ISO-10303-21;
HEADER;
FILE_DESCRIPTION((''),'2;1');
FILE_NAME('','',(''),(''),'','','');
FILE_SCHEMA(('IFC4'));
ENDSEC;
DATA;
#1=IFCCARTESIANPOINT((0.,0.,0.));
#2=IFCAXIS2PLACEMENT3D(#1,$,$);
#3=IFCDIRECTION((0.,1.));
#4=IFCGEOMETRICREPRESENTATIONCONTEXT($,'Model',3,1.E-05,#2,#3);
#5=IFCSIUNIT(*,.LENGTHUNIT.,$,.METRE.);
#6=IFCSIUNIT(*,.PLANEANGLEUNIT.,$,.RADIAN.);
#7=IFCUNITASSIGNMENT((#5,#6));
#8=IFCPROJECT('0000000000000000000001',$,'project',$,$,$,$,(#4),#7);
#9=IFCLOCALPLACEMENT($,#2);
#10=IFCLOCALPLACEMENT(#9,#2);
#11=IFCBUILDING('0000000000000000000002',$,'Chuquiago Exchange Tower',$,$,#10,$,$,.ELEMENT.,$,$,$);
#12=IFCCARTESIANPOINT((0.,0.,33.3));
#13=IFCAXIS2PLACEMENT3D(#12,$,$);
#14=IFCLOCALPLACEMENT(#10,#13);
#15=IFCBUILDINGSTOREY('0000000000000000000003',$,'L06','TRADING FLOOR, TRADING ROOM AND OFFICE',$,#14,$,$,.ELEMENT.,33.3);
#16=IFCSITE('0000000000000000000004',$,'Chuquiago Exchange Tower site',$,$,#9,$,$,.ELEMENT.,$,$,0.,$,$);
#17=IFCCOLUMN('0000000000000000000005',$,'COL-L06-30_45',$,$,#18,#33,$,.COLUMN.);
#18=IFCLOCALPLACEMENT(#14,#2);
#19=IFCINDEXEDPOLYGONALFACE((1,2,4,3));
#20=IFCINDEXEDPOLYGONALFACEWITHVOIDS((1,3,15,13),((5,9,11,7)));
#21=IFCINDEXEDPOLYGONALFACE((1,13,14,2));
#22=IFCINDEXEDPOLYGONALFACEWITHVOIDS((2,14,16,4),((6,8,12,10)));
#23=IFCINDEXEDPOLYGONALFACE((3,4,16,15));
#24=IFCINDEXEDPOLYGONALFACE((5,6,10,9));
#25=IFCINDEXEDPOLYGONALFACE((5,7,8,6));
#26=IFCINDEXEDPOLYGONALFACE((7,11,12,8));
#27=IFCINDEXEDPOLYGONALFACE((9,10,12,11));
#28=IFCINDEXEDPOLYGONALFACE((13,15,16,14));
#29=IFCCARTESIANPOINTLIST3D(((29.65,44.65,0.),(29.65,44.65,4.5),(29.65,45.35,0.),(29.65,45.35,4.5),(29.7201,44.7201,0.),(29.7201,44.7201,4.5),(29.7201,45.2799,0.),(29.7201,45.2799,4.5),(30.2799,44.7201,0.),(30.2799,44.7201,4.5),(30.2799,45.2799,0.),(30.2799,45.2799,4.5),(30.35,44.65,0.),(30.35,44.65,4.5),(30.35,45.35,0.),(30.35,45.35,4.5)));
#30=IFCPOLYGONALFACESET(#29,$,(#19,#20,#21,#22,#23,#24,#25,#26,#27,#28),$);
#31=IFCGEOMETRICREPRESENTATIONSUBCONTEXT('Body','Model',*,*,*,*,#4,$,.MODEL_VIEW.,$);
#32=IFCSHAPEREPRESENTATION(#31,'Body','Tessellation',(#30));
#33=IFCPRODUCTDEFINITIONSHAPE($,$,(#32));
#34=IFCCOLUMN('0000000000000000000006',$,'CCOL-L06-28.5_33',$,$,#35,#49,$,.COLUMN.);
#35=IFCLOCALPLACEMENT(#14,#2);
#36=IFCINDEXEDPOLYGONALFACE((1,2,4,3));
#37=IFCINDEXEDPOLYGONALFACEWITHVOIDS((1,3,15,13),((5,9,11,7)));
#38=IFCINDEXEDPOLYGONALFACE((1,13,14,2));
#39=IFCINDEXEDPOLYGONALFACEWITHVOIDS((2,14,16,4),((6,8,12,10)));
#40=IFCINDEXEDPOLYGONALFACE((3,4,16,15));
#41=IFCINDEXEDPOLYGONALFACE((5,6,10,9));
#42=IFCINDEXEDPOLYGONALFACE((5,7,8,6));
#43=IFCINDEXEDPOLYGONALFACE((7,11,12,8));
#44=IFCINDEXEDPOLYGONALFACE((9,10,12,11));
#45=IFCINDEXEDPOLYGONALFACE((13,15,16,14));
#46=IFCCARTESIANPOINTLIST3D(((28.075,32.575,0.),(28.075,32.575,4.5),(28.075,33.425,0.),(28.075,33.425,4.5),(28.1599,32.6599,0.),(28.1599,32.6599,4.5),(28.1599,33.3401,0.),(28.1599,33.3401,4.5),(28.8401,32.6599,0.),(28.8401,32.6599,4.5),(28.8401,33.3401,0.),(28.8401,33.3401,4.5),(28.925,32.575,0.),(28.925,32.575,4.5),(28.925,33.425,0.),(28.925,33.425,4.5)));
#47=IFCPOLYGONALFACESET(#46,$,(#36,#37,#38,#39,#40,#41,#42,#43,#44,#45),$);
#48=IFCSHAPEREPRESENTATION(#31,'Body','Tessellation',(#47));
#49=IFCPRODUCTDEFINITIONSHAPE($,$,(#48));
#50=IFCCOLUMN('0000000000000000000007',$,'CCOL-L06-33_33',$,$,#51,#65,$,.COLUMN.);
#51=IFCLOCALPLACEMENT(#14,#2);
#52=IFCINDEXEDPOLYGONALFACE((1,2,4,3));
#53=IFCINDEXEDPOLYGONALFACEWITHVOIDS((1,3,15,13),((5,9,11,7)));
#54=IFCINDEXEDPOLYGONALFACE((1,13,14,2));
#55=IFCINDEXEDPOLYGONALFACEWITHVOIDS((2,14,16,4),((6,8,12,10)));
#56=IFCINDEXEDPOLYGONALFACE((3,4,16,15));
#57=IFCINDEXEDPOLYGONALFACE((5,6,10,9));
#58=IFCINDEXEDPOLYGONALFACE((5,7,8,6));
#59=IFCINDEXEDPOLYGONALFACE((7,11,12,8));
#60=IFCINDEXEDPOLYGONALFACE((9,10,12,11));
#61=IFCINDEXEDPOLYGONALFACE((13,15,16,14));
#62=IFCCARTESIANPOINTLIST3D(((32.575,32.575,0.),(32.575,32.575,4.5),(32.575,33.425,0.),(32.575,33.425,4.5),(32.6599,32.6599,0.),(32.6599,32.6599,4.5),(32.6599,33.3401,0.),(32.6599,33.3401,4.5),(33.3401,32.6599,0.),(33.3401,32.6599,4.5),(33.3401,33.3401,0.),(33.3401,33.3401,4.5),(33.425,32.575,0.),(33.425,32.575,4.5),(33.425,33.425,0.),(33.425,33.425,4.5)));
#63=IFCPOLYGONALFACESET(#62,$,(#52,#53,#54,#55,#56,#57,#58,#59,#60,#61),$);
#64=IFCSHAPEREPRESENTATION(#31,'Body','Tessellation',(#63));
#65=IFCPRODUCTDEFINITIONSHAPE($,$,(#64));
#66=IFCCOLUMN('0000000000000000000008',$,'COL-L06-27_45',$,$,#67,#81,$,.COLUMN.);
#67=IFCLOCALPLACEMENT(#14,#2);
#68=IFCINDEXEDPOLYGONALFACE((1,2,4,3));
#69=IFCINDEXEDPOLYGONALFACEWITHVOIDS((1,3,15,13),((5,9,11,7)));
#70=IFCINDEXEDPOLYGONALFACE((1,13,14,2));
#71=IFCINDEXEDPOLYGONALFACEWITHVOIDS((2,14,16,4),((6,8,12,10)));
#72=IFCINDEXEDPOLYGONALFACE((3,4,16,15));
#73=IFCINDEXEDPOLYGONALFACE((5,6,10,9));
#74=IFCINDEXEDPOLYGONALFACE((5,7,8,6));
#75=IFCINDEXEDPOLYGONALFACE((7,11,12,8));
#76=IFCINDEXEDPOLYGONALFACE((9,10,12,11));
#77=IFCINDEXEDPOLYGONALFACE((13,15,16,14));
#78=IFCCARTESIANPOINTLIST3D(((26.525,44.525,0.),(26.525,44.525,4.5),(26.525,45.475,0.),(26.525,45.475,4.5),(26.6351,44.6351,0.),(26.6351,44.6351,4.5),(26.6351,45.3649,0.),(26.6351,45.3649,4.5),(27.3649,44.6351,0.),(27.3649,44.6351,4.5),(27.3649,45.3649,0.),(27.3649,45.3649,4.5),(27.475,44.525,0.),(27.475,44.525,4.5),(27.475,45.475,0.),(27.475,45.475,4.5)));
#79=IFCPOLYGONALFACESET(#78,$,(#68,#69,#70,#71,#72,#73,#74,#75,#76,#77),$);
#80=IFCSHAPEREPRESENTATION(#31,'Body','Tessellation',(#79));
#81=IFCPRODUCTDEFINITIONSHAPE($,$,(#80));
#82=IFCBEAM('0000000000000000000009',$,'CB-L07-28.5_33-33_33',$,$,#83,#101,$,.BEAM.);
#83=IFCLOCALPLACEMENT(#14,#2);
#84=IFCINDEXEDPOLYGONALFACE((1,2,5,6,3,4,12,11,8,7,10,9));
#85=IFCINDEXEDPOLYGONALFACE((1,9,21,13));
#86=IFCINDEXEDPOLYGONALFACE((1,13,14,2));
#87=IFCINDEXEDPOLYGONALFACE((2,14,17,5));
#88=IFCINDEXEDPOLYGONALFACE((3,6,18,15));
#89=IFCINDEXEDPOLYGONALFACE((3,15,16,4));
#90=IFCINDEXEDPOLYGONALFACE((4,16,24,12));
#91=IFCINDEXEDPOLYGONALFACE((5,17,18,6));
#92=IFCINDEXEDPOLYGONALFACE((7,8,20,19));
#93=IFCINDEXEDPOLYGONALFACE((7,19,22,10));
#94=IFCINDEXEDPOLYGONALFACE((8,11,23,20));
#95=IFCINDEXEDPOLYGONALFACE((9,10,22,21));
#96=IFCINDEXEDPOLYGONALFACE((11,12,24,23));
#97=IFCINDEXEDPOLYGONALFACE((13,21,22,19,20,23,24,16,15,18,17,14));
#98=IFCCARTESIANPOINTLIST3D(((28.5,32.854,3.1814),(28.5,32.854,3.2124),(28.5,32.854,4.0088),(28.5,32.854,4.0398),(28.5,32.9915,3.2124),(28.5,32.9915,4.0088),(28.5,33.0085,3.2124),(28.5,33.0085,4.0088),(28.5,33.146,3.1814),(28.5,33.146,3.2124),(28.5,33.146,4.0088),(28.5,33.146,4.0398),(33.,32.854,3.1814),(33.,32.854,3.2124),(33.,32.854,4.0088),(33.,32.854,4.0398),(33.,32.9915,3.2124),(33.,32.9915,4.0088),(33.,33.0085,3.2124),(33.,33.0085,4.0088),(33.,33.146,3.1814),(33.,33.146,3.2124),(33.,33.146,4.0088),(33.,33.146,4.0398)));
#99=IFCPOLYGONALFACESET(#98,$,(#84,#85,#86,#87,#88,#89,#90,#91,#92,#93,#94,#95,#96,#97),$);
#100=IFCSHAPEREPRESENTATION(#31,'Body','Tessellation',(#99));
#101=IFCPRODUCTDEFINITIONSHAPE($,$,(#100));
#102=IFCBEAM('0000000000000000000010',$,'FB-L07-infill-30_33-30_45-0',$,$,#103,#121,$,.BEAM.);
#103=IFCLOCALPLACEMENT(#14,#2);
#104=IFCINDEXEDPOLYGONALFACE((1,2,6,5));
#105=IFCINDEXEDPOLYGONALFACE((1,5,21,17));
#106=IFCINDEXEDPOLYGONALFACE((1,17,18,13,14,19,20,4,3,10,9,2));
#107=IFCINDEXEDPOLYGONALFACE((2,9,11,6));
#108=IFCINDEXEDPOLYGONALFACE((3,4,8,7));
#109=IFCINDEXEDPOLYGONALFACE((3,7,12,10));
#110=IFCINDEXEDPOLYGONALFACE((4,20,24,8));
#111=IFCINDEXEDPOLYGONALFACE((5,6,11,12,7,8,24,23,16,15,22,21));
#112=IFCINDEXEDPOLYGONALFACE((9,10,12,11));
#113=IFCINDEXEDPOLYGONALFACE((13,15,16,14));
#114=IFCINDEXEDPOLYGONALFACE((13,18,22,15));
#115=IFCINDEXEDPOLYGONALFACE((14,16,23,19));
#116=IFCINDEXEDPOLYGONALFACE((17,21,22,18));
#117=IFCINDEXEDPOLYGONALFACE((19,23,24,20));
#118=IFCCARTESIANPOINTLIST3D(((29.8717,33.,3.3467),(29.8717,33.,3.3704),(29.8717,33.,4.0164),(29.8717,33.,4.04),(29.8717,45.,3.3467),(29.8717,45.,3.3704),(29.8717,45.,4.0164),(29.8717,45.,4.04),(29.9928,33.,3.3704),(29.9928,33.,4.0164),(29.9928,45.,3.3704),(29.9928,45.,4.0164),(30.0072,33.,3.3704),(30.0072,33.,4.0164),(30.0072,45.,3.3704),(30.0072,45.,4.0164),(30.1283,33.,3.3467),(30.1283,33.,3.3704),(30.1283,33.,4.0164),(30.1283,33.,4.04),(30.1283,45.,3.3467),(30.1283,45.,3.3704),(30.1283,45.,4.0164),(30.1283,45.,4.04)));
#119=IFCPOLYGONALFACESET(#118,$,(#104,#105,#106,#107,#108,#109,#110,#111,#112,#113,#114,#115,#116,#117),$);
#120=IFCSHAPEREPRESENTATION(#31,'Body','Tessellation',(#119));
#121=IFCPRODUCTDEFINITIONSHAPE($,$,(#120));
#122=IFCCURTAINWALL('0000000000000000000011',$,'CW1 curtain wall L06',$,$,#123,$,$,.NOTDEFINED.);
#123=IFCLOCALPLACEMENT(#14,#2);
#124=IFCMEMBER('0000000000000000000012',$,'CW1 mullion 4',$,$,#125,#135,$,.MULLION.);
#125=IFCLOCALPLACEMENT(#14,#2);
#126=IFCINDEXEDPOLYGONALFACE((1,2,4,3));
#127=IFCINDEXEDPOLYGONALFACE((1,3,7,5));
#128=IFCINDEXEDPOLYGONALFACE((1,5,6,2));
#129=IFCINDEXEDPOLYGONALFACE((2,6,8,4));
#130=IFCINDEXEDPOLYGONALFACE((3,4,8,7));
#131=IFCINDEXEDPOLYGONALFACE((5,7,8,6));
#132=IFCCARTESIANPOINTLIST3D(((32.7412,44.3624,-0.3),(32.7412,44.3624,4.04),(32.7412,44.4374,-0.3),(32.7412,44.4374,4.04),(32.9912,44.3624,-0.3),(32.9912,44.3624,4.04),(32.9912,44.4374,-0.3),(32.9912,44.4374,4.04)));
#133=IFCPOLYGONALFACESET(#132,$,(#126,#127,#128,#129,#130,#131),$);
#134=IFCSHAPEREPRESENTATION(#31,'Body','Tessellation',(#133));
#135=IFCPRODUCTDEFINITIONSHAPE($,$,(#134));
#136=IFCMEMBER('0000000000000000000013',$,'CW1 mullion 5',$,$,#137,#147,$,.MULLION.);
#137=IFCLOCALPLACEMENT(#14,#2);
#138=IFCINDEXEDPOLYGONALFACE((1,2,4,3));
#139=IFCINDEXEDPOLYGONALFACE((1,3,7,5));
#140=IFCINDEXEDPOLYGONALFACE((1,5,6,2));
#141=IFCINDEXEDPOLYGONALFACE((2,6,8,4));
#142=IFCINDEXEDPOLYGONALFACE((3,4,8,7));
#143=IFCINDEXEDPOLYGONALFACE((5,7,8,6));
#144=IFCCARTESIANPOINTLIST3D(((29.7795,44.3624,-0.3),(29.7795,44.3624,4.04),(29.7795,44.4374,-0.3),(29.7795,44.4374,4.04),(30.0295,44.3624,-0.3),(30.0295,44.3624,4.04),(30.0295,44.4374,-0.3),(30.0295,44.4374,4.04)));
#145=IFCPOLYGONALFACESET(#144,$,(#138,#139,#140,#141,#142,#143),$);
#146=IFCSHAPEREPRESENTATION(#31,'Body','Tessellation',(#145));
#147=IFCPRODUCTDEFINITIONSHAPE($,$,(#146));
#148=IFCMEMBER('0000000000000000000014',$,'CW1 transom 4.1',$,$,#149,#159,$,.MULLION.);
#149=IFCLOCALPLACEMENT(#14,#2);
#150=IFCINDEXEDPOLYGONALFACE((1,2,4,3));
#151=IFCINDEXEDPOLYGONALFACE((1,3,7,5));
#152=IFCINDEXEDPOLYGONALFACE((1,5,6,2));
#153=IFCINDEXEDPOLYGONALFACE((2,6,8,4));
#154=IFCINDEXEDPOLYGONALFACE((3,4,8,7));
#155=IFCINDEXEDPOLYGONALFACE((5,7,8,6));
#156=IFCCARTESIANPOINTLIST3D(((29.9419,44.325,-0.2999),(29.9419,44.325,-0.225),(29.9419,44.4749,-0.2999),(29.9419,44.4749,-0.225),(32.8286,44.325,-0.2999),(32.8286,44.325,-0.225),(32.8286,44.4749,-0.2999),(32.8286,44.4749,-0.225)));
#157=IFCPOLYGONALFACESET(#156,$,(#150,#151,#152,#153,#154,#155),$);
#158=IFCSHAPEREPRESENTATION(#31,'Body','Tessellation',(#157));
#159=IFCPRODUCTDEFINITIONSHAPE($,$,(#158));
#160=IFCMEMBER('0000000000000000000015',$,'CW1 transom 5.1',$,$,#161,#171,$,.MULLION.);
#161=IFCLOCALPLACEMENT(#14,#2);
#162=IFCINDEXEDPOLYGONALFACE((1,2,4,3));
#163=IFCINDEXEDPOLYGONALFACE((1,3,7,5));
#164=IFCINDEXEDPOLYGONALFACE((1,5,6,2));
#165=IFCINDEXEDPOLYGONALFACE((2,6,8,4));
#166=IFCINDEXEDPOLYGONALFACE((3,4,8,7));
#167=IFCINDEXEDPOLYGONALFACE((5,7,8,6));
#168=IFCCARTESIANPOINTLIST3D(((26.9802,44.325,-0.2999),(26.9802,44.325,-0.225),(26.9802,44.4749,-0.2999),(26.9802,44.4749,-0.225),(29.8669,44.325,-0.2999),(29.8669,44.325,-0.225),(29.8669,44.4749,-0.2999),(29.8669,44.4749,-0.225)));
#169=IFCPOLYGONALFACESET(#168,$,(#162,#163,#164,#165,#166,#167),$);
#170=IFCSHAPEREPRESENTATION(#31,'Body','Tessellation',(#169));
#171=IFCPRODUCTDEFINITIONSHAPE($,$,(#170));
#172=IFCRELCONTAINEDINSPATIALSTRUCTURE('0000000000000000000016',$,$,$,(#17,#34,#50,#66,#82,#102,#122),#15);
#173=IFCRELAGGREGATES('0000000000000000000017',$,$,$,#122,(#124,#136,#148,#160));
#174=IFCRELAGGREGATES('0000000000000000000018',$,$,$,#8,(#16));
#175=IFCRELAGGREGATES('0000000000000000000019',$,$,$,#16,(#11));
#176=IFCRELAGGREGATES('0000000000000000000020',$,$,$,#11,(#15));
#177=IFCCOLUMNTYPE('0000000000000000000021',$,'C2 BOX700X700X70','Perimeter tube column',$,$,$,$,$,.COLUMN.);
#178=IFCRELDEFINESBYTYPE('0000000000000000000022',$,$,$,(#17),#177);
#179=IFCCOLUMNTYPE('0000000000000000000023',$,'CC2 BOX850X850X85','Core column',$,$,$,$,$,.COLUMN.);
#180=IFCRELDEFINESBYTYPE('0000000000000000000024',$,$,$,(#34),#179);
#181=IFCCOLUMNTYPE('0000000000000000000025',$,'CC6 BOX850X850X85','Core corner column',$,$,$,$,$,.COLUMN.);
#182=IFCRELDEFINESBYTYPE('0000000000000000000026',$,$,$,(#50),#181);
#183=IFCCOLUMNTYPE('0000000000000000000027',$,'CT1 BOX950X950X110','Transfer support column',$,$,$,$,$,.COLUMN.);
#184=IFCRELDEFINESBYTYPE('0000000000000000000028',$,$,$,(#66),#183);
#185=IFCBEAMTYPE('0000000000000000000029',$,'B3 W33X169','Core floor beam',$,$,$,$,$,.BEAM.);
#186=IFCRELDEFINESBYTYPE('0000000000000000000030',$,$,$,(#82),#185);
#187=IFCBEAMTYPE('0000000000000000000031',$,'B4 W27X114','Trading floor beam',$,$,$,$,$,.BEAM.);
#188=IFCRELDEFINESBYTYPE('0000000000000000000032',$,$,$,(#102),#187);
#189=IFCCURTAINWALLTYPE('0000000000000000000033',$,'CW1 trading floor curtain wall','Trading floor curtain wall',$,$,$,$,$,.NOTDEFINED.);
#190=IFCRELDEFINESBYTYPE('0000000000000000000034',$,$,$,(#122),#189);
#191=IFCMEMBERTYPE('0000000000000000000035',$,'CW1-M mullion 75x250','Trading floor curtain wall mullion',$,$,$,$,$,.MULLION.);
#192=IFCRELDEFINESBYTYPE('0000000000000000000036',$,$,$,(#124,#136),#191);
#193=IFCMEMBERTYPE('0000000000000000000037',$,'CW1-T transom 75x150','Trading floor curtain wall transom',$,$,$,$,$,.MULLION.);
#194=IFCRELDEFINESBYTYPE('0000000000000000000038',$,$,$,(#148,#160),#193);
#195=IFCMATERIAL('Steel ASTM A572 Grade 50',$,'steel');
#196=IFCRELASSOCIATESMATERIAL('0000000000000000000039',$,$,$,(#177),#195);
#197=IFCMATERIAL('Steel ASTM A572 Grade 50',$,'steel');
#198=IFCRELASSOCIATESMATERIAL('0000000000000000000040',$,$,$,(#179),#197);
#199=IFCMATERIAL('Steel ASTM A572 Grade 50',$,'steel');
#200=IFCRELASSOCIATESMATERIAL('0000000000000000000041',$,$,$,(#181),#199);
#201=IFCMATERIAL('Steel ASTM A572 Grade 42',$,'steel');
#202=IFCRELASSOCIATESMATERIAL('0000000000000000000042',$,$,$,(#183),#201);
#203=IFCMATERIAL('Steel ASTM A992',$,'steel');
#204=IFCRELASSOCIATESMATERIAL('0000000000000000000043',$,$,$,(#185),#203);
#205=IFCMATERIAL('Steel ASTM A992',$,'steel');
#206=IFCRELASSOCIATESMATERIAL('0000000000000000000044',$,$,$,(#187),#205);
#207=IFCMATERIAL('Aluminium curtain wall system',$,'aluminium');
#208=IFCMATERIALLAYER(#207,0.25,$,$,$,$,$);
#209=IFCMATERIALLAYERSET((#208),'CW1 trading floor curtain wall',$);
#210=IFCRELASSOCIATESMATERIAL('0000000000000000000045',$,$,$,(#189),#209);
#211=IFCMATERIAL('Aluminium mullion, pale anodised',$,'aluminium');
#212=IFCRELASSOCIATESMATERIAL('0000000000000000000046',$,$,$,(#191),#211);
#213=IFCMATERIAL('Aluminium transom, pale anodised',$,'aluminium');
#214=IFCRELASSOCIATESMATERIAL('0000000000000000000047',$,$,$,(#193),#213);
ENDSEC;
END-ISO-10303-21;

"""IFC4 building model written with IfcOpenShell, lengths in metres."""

from ifc_helpers import new_model, si_unit, direction, frame, origin, origin_2d, place, context, subcontext, project, spatial, rectangle, hollow_rectangle, i_section, extrude, material, layer, layer_set, material_profile, profile_set, type_object, element, aggregate, save


model = new_model("IFC4")

# Units and contexts
model_context = context("Model", 3, precision=1e-05, world=origin(), true_north=direction((0.0, 1.0)))
body_context = subcontext(model_context, "Body", "Model", "MODEL_VIEW")
ifc_project = project(units=[si_unit("LENGTHUNIT", "METRE"), si_unit("PLANEANGLEUNIT", "RADIAN")], contexts=[model_context])

# Site, building, storey
site_placement = place(None, origin())
site = spatial("IfcSite", under=ifc_project, at=site_placement, Name="Chuquiago Exchange Tower site", CompositionType="ELEMENT", RefElevation=0.0)
building_placement = place(site_placement, origin())
building = spatial("IfcBuilding", under=site, at=building_placement, Name="Chuquiago Exchange Tower", CompositionType="ELEMENT")
storey_placement = place(building_placement, frame((0.0, 0.0, 33.3)))
storey = spatial("IfcBuildingStorey", under=building, at=storey_placement, Name="L06", Description="TRADING FLOOR, TRADING ROOM AND OFFICE", CompositionType="ELEMENT", Elevation=33.3)

# Columns
ifc_material_1 = material(Name="Steel ASTM A572 Grade 50", Category="steel")
ifc_material_profile_1 = material_profile(ifc_material_1, hollow_rectangle(XDim=0.7, YDim=0.7, WallThickness=0.0701, at=origin_2d()), Name="BOX700X700X70")
ifc_profile_set_1 = profile_set([ifc_material_profile_1], Name="Steel ASTM A572 Grade 50")
column_type_1 = type_object("IfcColumnType", Name="C2 BOX700X700X70", Description="Perimeter tube column", PredefinedType="COLUMN", material=ifc_profile_set_1)
column_1_placement = place(storey_placement, frame((30.0, 45.0, 0.0), z_axis=(0.0, 0.0, 1.0), x_axis=(0.0, 1.0, 0.0)))
element("IfcColumn", 1, at=column_1_placement, inside=storey, type_object=column_type_1, Name="COL-L06-30_45", PredefinedType="COLUMN", context=body_context, shape_type="SweptSolid", body=[
    extrude(hollow_rectangle(XDim=0.7, YDim=0.7, WallThickness=0.0701, at=origin_2d()), origin(), (0.0, 0.0, 1.0), 4.5),
])
ifc_material_2 = material(Name="Steel ASTM A572 Grade 50", Category="steel")
ifc_material_profile_2 = material_profile(ifc_material_2, hollow_rectangle(XDim=0.8501, YDim=0.8501, WallThickness=0.085, at=origin_2d()), Name="BOX850X850X85")
ifc_profile_set_2 = profile_set([ifc_material_profile_2], Name="Steel ASTM A572 Grade 50")
column_type_2 = type_object("IfcColumnType", Name="CC2 BOX850X850X85", Description="Core column", PredefinedType="COLUMN", material=ifc_profile_set_2)
column_2_placement = place(storey_placement, frame((28.5, 33.0, 0.0), z_axis=(0.0, 0.0, 1.0), x_axis=(1.0, 0.0, 0.0)))
element("IfcColumn", 2, at=column_2_placement, inside=storey, type_object=column_type_2, Name="CCOL-L06-28.5_33", PredefinedType="COLUMN", context=body_context, shape_type="SweptSolid", body=[
    extrude(hollow_rectangle(XDim=0.8501, YDim=0.8501, WallThickness=0.085, at=origin_2d()), origin(), (0.0, 0.0, 1.0), 4.5),
])
ifc_material_3 = material(Name="Steel ASTM A572 Grade 50", Category="steel")
ifc_material_profile_3 = material_profile(ifc_material_3, hollow_rectangle(XDim=0.8501, YDim=0.8501, WallThickness=0.085, at=origin_2d()), Name="BOX850X850X85")
ifc_profile_set_3 = profile_set([ifc_material_profile_3], Name="Steel ASTM A572 Grade 50")
column_type_3 = type_object("IfcColumnType", Name="CC6 BOX850X850X85", Description="Core corner column", PredefinedType="COLUMN", material=ifc_profile_set_3)
column_3_placement = place(storey_placement, frame((33.0, 33.0, 0.0), z_axis=(0.0, 0.0, 1.0), x_axis=(1.0, 0.0, 0.0)))
element("IfcColumn", 3, at=column_3_placement, inside=storey, type_object=column_type_3, Name="CCOL-L06-33_33", PredefinedType="COLUMN", context=body_context, shape_type="SweptSolid", body=[
    extrude(hollow_rectangle(XDim=0.8501, YDim=0.8501, WallThickness=0.085, at=origin_2d()), origin(), (0.0, 0.0, 1.0), 4.5),
])
ifc_material_4 = material(Name="Steel ASTM A572 Grade 42", Category="steel")
ifc_material_profile_4 = material_profile(ifc_material_4, hollow_rectangle(XDim=0.95, YDim=0.95, WallThickness=0.1101, at=origin_2d()), Name="BOX950X950X110")
ifc_profile_set_4 = profile_set([ifc_material_profile_4], Name="Steel ASTM A572 Grade 42")
column_type_4 = type_object("IfcColumnType", Name="CT1 BOX950X950X110", Description="Transfer support column", PredefinedType="COLUMN", material=ifc_profile_set_4)
column_4_placement = place(storey_placement, frame((27.0, 45.0, 0.0), z_axis=(0.0, 0.0, 1.0), x_axis=(0.0, 1.0, 0.0)))
element("IfcColumn", 4, at=column_4_placement, inside=storey, type_object=column_type_4, Name="COL-L06-27_45", PredefinedType="COLUMN", context=body_context, shape_type="SweptSolid", body=[
    extrude(hollow_rectangle(XDim=0.95, YDim=0.95, WallThickness=0.1101, at=origin_2d()), origin(), (0.0, 0.0, 1.0), 4.5),
])

# Beams
ifc_material_5 = material(Name="Steel ASTM A992", Category="steel")
ifc_material_profile_5 = material_profile(ifc_material_5, i_section(OverallWidth=0.292, OverallDepth=0.8584, WebThickness=0.0171, FlangeThickness=0.031, at=origin_2d()), Name="W33X169")
ifc_profile_set_5 = profile_set([ifc_material_profile_5], Name="Steel ASTM A992")
beam_type_1 = type_object("IfcBeamType", Name="B3 W33X169", Description="Core floor beam", PredefinedType="BEAM", material=ifc_profile_set_5)
beam_1_placement = place(storey_placement, frame((28.5, 33.0, 3.6106), z_axis=(1.0, 0.0, 0.0), x_axis=(0.0, 1.0, 0.0)))
element("IfcBeam", 5, at=beam_1_placement, inside=storey, type_object=beam_type_1, Name="CB-L07-28.5_33-33_33", PredefinedType="BEAM", context=body_context, shape_type="SweptSolid", body=[
    extrude(i_section(OverallWidth=0.292, OverallDepth=0.8584, WebThickness=0.0171, FlangeThickness=0.031, at=origin_2d()), origin(), (0.0, 0.0, 1.0), 4.5),
])
ifc_material_6 = material(Name="Steel ASTM A992", Category="steel")
ifc_material_profile_6 = material_profile(ifc_material_6, i_section(OverallWidth=0.2566, OverallDepth=0.6934, WebThickness=0.0144, FlangeThickness=0.0237, at=origin_2d()), Name="W27X114")
ifc_profile_set_6 = profile_set([ifc_material_profile_6], Name="Steel ASTM A992")
beam_type_2 = type_object("IfcBeamType", Name="B4 W27X114", Description="Trading floor beam", PredefinedType="BEAM", material=ifc_profile_set_6)
beam_2_placement = place(storey_placement, frame((30.0, 33.0, 3.6934), z_axis=(0.0, 1.0, 0.0), x_axis=(-1.0, 0.0, 0.0)))
element("IfcBeam", 6, at=beam_2_placement, inside=storey, type_object=beam_type_2, Name="FB-L07-infill-30_33-30_45-0", PredefinedType="BEAM", context=body_context, shape_type="SweptSolid", body=[
    extrude(i_section(OverallWidth=0.2566, OverallDepth=0.6934, WebThickness=0.0144, FlangeThickness=0.0237, at=origin_2d()), origin(), (0.0, 0.0, 1.0), 12.0),
])

# Curtain wall, members
ifc_material_7 = material(Name="Aluminium curtain wall system", Category="aluminium")
ifc_layer_1 = layer(ifc_material_7, 0.25)
ifc_layer_set_1 = layer_set([ifc_layer_1], Name="CW1 trading floor curtain wall")
curtain_wall_type = type_object("IfcCurtainWallType", Name="CW1 trading floor curtain wall", Description="Trading floor curtain wall", PredefinedType="NOTDEFINED", material=ifc_layer_set_1)
curtain_wall_placement = place(storey_placement, origin())
curtain_wall = element("IfcCurtainWall", 7, at=curtain_wall_placement, inside=storey, type_object=curtain_wall_type, Name="CW1 curtain wall L06", PredefinedType="NOTDEFINED")
ifc_material_8 = material(Name="Aluminium mullion, pale anodised", Category="aluminium")
ifc_material_profile_7 = material_profile(ifc_material_8, rectangle(XDim=0.075, YDim=0.25, at=origin_2d()), Name="AL 75x250")
ifc_profile_set_7 = profile_set([ifc_material_profile_7], Name="Aluminium mullion, pale anodised")
member_type_1 = type_object("IfcMemberType", Name="CW1-M mullion 75x250", Description="Trading floor curtain wall mullion", PredefinedType="MULLION", material=ifc_profile_set_7)
member_1_placement = place(storey_placement, frame((32.8662, 44.3999, -0.3), z_axis=(0.0, 0.0, 1.0), x_axis=(0.0, -1.0, 0.0)))
member_1 = element("IfcMember", 8, at=member_1_placement, type_object=member_type_1, Name="CW1 mullion 4", PredefinedType="MULLION", context=body_context, shape_type="SweptSolid", body=[
    extrude(rectangle(XDim=0.075, YDim=0.25, at=origin_2d()), origin(), (0.0, 0.0, 1.0), 4.3401),
])
member_2_placement = place(storey_placement, frame((29.9045, 44.3999, -0.3), z_axis=(0.0, 0.0, 1.0), x_axis=(0.0, -1.0, 0.0)))
member_2 = element("IfcMember", 9, at=member_2_placement, type_object=member_type_1, Name="CW1 mullion 5", PredefinedType="MULLION", context=body_context, shape_type="SweptSolid", body=[
    extrude(rectangle(XDim=0.075, YDim=0.25, at=origin_2d()), origin(), (0.0, 0.0, 1.0), 4.3401),
])
ifc_material_9 = material(Name="Aluminium transom, pale anodised", Category="aluminium")
ifc_material_profile_8 = material_profile(ifc_material_9, rectangle(XDim=0.1499, YDim=0.075, at=origin_2d()), Name="AL 150x75")
ifc_profile_set_8 = profile_set([ifc_material_profile_8], Name="Aluminium transom, pale anodised")
member_type_2 = type_object("IfcMemberType", Name="CW1-T transom 75x150", Description="Trading floor curtain wall transom", PredefinedType="MULLION", material=ifc_profile_set_8)
member_3_placement = place(storey_placement, frame((32.8286, 44.3999, -0.2625), z_axis=(-1.0, 0.0, 0.0), x_axis=(0.0, -1.0, 0.0)))
member_3 = element("IfcMember", 10, at=member_3_placement, type_object=member_type_2, Name="CW1 transom 4.1", PredefinedType="MULLION", context=body_context, shape_type="SweptSolid", body=[
    extrude(rectangle(XDim=0.1499, YDim=0.075, at=origin_2d()), origin(), (0.0, 0.0, 1.0), 2.8867),
])
member_4_placement = place(storey_placement, frame((29.8669, 44.3999, -0.2625), z_axis=(-1.0, 0.0, 0.0), x_axis=(0.0, -1.0, 0.0)))
member_4 = element("IfcMember", 11, at=member_4_placement, type_object=member_type_2, Name="CW1 transom 5.1", PredefinedType="MULLION", context=body_context, shape_type="SweptSolid", body=[
    extrude(rectangle(XDim=0.1499, YDim=0.075, at=origin_2d()), origin(), (0.0, 0.0, 1.0), 2.8867),
])

aggregate(curtain_wall, [member_1, member_2, member_3, member_4])

save(model, "model.ifc")
